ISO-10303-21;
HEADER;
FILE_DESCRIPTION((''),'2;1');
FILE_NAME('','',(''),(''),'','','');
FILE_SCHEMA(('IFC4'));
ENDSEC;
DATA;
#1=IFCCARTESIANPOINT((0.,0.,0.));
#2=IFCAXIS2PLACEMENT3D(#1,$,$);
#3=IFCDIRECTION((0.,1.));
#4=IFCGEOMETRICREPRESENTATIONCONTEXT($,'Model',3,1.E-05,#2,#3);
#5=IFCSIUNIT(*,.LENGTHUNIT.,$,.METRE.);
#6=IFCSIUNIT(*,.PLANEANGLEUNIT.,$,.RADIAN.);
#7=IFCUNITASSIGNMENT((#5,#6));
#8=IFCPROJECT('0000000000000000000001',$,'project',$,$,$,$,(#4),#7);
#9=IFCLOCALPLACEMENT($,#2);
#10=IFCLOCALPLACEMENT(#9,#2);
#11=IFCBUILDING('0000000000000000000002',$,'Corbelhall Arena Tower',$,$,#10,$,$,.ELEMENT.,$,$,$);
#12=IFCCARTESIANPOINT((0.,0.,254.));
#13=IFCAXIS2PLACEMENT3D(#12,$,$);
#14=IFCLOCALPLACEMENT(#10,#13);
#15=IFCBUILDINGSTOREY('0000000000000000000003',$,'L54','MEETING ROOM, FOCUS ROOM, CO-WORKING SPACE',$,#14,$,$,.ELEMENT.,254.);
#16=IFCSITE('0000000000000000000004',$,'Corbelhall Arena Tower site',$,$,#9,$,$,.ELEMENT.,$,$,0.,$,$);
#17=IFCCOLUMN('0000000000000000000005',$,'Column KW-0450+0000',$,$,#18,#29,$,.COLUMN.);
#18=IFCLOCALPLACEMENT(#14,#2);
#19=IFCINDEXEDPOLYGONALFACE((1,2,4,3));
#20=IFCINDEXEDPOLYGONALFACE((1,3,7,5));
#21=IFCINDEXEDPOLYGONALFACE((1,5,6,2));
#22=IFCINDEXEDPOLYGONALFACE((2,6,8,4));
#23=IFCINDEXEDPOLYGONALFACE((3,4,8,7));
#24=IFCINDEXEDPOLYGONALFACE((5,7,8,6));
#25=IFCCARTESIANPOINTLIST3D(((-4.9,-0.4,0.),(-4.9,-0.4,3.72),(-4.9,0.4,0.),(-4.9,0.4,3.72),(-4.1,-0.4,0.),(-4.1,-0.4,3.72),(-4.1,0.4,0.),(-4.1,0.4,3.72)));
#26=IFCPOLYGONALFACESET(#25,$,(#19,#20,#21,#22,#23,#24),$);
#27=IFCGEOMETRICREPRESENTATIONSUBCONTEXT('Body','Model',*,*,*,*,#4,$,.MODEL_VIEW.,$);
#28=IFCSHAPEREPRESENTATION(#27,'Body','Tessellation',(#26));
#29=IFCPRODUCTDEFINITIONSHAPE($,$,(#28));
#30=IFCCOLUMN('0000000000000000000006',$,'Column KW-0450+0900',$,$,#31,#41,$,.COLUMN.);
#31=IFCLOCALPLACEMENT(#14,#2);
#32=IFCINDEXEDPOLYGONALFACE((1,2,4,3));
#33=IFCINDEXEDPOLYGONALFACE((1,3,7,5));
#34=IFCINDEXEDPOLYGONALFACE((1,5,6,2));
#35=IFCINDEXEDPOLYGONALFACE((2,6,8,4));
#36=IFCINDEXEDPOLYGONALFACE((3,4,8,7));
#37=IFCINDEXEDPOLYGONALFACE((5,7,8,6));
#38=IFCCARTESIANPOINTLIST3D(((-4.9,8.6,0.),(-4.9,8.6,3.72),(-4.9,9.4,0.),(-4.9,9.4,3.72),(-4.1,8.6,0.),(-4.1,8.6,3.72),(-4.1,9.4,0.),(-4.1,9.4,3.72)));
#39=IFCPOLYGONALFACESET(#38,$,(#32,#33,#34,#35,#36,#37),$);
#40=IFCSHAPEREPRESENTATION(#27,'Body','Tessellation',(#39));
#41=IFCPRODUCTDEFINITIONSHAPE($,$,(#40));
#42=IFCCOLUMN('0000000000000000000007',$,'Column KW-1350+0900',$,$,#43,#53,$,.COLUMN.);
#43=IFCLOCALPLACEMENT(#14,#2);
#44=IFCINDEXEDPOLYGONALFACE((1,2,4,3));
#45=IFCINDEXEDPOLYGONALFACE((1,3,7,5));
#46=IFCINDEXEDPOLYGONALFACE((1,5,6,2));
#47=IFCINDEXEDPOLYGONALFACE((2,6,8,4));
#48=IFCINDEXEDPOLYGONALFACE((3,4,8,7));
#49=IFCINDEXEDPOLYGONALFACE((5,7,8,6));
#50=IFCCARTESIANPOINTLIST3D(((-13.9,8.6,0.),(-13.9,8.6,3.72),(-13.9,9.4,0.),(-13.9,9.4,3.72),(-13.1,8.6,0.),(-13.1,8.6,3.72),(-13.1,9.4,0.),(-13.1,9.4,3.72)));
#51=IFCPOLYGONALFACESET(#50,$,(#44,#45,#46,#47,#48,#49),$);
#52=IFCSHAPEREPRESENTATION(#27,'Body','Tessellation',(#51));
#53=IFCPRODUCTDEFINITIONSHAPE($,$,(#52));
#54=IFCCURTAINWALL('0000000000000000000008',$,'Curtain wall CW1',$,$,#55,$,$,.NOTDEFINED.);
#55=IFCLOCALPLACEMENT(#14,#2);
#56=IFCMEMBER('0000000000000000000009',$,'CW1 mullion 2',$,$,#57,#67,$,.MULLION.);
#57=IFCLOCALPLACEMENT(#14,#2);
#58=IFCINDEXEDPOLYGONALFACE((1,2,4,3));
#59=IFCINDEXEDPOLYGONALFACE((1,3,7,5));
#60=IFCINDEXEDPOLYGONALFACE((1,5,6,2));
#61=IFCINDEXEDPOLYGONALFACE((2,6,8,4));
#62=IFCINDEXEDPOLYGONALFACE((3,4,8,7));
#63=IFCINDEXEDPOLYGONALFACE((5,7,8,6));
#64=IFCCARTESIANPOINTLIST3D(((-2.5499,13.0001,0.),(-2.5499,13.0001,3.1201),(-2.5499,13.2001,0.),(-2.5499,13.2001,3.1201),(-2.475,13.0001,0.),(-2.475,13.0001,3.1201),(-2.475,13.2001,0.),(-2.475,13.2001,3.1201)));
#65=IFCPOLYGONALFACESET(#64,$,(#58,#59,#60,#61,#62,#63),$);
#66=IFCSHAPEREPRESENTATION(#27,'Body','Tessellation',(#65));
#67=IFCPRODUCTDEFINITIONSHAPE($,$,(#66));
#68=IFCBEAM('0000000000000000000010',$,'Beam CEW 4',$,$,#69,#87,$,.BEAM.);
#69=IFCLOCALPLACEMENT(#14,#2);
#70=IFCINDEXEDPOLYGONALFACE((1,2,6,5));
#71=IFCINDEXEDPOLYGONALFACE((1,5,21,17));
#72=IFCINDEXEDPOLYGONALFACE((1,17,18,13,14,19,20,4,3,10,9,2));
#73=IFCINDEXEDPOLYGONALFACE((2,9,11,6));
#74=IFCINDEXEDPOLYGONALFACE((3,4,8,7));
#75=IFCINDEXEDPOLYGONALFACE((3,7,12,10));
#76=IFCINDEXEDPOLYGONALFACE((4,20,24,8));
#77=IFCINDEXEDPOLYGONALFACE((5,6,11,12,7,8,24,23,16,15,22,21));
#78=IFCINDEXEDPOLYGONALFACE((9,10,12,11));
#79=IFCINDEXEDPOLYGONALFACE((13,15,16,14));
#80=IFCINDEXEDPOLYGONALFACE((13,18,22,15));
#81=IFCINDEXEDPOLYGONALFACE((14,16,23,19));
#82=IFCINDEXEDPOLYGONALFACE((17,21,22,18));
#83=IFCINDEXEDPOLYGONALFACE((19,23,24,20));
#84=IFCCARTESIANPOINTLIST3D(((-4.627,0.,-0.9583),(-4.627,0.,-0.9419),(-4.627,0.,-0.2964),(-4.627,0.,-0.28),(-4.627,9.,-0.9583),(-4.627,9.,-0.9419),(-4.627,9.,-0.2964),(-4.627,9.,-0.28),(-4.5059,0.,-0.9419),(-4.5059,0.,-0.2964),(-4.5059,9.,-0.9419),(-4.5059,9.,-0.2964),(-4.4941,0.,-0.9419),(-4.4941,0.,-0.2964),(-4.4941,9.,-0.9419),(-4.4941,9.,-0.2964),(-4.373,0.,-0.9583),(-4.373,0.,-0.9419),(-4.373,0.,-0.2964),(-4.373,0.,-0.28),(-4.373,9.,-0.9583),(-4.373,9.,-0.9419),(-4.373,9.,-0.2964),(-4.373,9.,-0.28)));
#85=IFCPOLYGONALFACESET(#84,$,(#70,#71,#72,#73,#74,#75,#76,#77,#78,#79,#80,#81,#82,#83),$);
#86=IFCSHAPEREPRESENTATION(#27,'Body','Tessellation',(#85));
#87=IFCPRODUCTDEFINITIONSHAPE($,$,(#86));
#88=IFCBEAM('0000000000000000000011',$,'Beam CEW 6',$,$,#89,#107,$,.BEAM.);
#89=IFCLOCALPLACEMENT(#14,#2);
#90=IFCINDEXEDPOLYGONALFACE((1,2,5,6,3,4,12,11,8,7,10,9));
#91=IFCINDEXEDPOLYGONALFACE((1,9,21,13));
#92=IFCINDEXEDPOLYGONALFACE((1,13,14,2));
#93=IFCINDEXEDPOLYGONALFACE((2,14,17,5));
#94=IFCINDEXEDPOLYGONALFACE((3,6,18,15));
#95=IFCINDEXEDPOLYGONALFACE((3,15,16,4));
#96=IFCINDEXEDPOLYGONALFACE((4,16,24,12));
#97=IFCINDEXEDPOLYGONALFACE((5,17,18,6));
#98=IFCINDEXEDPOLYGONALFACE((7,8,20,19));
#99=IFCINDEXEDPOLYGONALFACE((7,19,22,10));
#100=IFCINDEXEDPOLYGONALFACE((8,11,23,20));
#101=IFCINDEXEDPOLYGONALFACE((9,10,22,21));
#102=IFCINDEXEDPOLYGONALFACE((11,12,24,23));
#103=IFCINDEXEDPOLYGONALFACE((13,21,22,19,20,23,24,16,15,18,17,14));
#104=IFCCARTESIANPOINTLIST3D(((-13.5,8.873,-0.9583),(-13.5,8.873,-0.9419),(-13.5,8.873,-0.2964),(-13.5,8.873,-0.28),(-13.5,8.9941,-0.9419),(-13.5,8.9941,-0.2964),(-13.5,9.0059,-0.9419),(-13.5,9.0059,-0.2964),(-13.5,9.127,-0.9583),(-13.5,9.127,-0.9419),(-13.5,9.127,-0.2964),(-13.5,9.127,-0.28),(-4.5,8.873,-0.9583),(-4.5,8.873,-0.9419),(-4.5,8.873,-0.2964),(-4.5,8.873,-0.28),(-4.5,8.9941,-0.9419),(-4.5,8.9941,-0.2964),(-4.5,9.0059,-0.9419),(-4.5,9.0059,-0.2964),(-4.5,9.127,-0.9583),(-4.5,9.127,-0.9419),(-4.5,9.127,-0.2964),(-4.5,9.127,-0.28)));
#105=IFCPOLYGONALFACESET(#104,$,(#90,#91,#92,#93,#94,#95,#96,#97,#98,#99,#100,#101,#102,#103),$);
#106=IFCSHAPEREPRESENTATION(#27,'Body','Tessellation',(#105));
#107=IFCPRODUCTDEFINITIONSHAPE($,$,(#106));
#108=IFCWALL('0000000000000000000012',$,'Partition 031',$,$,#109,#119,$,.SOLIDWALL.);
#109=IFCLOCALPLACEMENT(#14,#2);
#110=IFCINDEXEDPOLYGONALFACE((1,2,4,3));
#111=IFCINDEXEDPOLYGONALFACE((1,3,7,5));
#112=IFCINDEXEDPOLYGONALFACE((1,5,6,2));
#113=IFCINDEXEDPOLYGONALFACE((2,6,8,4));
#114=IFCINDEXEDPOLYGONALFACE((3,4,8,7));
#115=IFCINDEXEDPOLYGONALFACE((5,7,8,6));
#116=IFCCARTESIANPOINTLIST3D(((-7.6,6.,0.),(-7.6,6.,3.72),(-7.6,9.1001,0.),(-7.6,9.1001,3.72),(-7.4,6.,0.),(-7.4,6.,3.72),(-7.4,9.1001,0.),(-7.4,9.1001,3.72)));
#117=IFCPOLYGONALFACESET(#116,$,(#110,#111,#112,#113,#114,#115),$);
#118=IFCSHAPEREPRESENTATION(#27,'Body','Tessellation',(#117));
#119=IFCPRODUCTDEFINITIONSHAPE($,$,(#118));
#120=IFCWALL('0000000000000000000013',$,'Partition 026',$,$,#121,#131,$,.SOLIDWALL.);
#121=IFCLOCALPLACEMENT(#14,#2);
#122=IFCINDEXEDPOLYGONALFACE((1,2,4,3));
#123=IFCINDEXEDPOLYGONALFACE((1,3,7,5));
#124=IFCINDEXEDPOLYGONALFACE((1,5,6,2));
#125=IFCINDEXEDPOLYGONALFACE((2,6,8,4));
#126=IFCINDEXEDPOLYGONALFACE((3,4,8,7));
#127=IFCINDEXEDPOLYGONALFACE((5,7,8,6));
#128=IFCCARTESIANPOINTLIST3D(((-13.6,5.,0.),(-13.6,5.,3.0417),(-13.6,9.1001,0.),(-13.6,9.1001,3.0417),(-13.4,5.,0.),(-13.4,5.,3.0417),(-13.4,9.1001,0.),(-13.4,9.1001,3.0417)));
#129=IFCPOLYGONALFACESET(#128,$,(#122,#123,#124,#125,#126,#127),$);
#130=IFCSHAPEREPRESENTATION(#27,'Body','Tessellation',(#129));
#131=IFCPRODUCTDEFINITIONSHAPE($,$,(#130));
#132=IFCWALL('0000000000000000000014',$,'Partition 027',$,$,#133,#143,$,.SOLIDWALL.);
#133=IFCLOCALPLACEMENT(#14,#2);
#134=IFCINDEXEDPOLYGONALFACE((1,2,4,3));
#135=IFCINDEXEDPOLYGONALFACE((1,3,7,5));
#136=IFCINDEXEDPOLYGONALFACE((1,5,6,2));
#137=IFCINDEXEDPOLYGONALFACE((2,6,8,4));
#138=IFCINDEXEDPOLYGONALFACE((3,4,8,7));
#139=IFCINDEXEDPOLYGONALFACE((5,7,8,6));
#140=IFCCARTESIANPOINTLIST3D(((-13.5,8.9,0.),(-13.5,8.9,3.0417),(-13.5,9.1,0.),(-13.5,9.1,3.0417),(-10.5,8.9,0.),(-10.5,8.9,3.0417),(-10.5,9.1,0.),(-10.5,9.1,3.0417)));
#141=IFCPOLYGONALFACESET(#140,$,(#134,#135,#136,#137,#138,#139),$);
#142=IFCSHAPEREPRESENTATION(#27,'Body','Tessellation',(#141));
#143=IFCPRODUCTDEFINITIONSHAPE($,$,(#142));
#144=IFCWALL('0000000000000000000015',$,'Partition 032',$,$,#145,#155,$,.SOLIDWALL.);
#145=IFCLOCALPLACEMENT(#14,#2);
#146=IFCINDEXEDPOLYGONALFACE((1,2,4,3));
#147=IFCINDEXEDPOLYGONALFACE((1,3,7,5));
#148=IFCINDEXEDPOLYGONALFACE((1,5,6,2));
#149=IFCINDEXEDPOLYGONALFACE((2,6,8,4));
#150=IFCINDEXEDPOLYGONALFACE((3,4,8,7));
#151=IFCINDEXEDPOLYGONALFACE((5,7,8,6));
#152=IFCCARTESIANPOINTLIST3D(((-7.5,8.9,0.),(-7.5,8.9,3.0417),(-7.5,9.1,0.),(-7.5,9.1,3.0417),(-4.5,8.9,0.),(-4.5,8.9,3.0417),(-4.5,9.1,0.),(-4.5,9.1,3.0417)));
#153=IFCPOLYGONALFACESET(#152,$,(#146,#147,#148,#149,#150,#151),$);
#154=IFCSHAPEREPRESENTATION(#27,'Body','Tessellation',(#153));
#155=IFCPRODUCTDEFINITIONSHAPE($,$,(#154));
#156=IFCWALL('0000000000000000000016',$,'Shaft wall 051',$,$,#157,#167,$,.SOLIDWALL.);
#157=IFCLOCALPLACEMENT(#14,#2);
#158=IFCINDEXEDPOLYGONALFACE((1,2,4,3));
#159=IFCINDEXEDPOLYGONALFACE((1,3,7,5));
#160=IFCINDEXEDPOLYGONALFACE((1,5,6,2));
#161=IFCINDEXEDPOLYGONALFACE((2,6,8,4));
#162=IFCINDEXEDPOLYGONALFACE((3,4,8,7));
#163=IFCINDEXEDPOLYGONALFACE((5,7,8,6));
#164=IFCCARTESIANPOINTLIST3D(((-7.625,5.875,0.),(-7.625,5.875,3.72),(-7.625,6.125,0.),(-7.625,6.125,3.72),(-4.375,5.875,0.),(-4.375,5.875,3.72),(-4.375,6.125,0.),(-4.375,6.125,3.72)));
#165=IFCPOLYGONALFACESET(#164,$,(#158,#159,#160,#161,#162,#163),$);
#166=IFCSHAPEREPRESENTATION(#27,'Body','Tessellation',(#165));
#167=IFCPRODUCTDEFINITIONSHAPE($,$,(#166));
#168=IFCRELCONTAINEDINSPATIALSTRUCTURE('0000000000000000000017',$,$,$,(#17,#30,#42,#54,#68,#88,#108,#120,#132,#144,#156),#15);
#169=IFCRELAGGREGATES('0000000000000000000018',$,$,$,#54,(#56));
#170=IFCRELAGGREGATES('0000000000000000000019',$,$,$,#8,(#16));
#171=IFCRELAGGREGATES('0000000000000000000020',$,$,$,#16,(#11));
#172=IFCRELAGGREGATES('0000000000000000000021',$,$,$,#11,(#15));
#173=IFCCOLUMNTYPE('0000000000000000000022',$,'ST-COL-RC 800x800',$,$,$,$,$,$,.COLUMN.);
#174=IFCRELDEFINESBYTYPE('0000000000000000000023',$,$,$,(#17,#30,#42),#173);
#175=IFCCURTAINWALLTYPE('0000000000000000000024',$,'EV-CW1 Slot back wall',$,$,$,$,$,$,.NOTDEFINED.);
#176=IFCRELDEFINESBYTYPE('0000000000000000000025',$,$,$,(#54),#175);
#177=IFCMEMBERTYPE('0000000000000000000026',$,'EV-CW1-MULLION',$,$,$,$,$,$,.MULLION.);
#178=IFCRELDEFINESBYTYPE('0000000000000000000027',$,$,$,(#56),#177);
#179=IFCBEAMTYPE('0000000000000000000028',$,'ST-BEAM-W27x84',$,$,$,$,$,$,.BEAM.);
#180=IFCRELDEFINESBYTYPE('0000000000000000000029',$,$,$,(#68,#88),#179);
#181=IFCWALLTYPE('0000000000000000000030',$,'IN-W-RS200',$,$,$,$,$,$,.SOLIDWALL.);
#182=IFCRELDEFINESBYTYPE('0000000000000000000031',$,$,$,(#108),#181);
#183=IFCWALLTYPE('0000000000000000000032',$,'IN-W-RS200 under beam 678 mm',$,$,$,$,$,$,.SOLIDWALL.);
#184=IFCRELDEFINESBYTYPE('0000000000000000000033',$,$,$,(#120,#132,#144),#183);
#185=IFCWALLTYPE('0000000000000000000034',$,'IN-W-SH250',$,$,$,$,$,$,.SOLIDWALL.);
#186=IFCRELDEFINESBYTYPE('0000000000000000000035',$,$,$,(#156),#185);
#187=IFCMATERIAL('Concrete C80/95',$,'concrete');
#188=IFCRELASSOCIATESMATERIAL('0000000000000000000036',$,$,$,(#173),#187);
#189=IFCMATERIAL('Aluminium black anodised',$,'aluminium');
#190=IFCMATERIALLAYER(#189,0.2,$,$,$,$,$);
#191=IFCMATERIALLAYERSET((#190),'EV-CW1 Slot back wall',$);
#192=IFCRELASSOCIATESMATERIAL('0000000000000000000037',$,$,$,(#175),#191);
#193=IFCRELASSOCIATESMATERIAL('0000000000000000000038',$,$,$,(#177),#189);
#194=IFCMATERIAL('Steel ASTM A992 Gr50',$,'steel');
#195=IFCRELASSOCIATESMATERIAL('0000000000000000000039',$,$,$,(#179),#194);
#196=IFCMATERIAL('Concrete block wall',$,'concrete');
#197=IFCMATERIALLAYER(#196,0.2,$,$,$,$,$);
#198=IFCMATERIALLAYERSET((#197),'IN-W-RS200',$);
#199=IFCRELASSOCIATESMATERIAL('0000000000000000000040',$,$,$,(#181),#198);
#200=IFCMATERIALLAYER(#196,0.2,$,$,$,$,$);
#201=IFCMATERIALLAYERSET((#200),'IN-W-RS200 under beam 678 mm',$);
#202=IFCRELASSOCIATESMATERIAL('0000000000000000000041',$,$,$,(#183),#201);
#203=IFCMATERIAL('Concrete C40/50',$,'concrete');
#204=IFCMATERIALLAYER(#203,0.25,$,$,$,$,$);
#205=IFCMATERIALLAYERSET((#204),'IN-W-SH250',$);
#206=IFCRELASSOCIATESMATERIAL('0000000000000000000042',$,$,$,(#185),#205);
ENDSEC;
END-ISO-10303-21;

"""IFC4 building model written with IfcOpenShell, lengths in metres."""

from ifc_helpers import new_model, si_unit, direction, frame, frame_2d, origin, origin_2d, place, context, subcontext, project, spatial, rectangle, i_section, extrude, material, layer, layer_set, material_profile, profile_set, type_object, element, aggregate, save


model = new_model("IFC4")

# Units and contexts
model_context = context("Model", 3, precision=1e-05, world=origin(), true_north=direction((0.0, 1.0)))
body_context = subcontext(model_context, "Body", "Model", "MODEL_VIEW")
ifc_project = project(units=[si_unit("LENGTHUNIT", "METRE"), si_unit("PLANEANGLEUNIT", "RADIAN")], contexts=[model_context])

# Site, building, storey
site_placement = place(None, origin())
site = spatial("IfcSite", under=ifc_project, at=site_placement, Name="Corbelhall Arena Tower site", CompositionType="ELEMENT", RefElevation=0.0)
building_placement = place(site_placement, origin())
building = spatial("IfcBuilding", under=site, at=building_placement, Name="Corbelhall Arena Tower", CompositionType="ELEMENT")
storey_placement = place(building_placement, frame((0.0, 0.0, 254.0)))
storey = spatial("IfcBuildingStorey", under=building, at=storey_placement, Name="L54", Description="MEETING ROOM, FOCUS ROOM, CO-WORKING SPACE", CompositionType="ELEMENT", Elevation=254.0)

# Columns
ifc_material_1 = material(Name="Concrete C80/95", Category="concrete")
ifc_material_profile_1 = material_profile(ifc_material_1, rectangle(XDim=0.8, YDim=0.8, at=origin_2d()))
ifc_profile_set_1 = profile_set([ifc_material_profile_1], Name="Concrete C80/95")
column_type = type_object("IfcColumnType", Name="ST-COL-RC 800x800", PredefinedType="COLUMN", material=ifc_profile_set_1)
for number, where, z_axis, x_axis, name in (
    (1, (-4.5, 0.0, 0.0), (0.0, 0.0, 1.0), (1.0, 0.0, 0.0), "Column KW-0450+0000"),
    (2, (-4.5, 9.0, 0.0), (0.0, 0.0, 1.0), (1.0, 0.0, 0.0), "Column KW-0450+0900"),
    (3, (-13.5, 9.0, 0.0), (0.0, 0.0, 1.0), (1.0, 0.0, 0.0), "Column KW-1350+0900"),
):
    element("IfcColumn", number, at=place(storey_placement, frame(where, z_axis=z_axis, x_axis=x_axis)), inside=storey, type_object=column_type, Name=name, PredefinedType="COLUMN", context=body_context, shape_type="SweptSolid", body=[
        extrude(rectangle(XDim=0.8, YDim=0.8, at=origin_2d()), origin(), (0.0, 0.0, 1.0), 3.72),
    ])

# Curtain wall, member
ifc_material_2 = material(Name="Aluminium black anodised", Category="aluminium")
ifc_layer_1 = layer(ifc_material_2, 0.2)
ifc_layer_set_1 = layer_set([ifc_layer_1], Name="EV-CW1 Slot back wall")
curtain_wall_type = type_object("IfcCurtainWallType", Name="EV-CW1 Slot back wall", PredefinedType="NOTDEFINED", material=ifc_layer_set_1)
curtain_wall_placement = place(storey_placement, origin())
curtain_wall = element("IfcCurtainWall", 4, at=curtain_wall_placement, inside=storey, type_object=curtain_wall_type, Name="Curtain wall CW1", PredefinedType="NOTDEFINED")
ifc_material_profile_2 = material_profile(ifc_material_2, rectangle(XDim=0.2, YDim=0.075, at=origin_2d()))
ifc_profile_set_2 = profile_set([ifc_material_profile_2], Name="Aluminium black anodised")
member_type = type_object("IfcMemberType", Name="EV-CW1-MULLION", PredefinedType="MULLION", material=ifc_profile_set_2)
member_placement = place(storey_placement, frame((-2.5125, 13.1001, 0.0), z_axis=(0.0, 0.0, 1.0), x_axis=(0.0, -1.0, 0.0)))
member = element("IfcMember", 5, at=member_placement, type_object=member_type, Name="CW1 mullion 2", PredefinedType="MULLION", context=body_context, shape_type="SweptSolid", body=[
    extrude(rectangle(XDim=0.2, YDim=0.075, at=origin_2d()), origin(), (0.0, 0.0, 1.0), 3.1201),
])
aggregate(curtain_wall, [member])

# Beams
ifc_material_3 = material(Name="Steel ASTM A992 Gr50", Category="steel")
ifc_material_profile_3 = material_profile(ifc_material_3, i_section(OverallWidth=0.2539, OverallDepth=0.6782, WebThickness=0.0117, FlangeThickness=0.0164, at=origin_2d()))
ifc_profile_set_3 = profile_set([ifc_material_profile_3], Name="Steel ASTM A992 Gr50")
beam_type = type_object("IfcBeamType", Name="ST-BEAM-W27x84", PredefinedType="BEAM", material=ifc_profile_set_3)
for number, where, z_axis, x_axis, name in (
    (6, (-4.5, 0.0, -0.6191), (0.0, 1.0, 0.0), (-1.0, 0.0, 0.0), "Beam CEW 4"),
    (7, (-13.5, 9.0, -0.6191), (1.0, 0.0, 0.0), (0.0, 1.0, 0.0), "Beam CEW 6"),
):
    element("IfcBeam", number, at=place(storey_placement, frame(where, z_axis=z_axis, x_axis=x_axis)), inside=storey, type_object=beam_type, Name=name, PredefinedType="BEAM", context=body_context, shape_type="SweptSolid", body=[
        extrude(i_section(OverallWidth=0.2539, OverallDepth=0.6782, WebThickness=0.0117, FlangeThickness=0.0164, at=origin_2d()), origin(), (0.0, 0.0, 1.0), 9.0),
    ])

# Shared definitions
ifc_material_4 = material(Name="Concrete block wall", Category="concrete")
ifc_layer_2 = layer(ifc_material_4, 0.2)
ifc_layer_set_2 = layer_set([ifc_layer_2], Name="IN-W-RS200")
wall_type_1 = type_object("IfcWallType", Name="IN-W-RS200", PredefinedType="SOLIDWALL", material=ifc_layer_set_2)

# Walls
wall_1_placement = place(storey_placement, frame((-7.5, 6.0, 0.0), z_axis=(0.0, 0.0, 1.0), x_axis=(0.0, 1.0, 0.0)))
element("IfcWall", 8, at=wall_1_placement, inside=storey, type_object=wall_type_1, Name="Partition 031", PredefinedType="SOLIDWALL", context=body_context, shape_type="SweptSolid", body=[
    extrude(rectangle(XDim=3.1001, YDim=0.2, at=frame_2d((1.55, 0.0))), origin(), (0.0, 0.0, 1.0), 3.72),
])
ifc_layer_3 = layer(ifc_material_4, 0.2)
ifc_layer_set_3 = layer_set([ifc_layer_3], Name="IN-W-RS200 under beam 678 mm")
wall_type_2 = type_object("IfcWallType", Name="IN-W-RS200 under beam 678 mm", PredefinedType="SOLIDWALL", material=ifc_layer_set_3)
wall_2_placement = place(storey_placement, frame((-13.5, 5.0, 0.0), z_axis=(0.0, 0.0, 1.0), x_axis=(0.0, 1.0, 0.0)))
element("IfcWall", 9, at=wall_2_placement, inside=storey, type_object=wall_type_2, Name="Partition 026", PredefinedType="SOLIDWALL", context=body_context, shape_type="SweptSolid", body=[
    extrude(rectangle(XDim=4.1001, YDim=0.2, at=frame_2d((2.05, 0.0))), origin(), (0.0, 0.0, 1.0), 3.0417),
])
for number, where, z_axis, x_axis, name in (
    (10, (-13.5, 9.0, 0.0), (0.0, 0.0, 1.0), (1.0, 0.0, 0.0), "Partition 027"),
    (11, (-7.5, 9.0, 0.0), (0.0, 0.0, 1.0), (1.0, 0.0, 0.0), "Partition 032"),
):
    element("IfcWall", number, at=place(storey_placement, frame(where, z_axis=z_axis, x_axis=x_axis)), inside=storey, type_object=wall_type_2, Name=name, PredefinedType="SOLIDWALL", context=body_context, shape_type="SweptSolid", body=[
        extrude(rectangle(XDim=3.0, YDim=0.2, at=frame_2d((1.5, 0.0))), origin(), (0.0, 0.0, 1.0), 3.0417),
    ])

# Wall
ifc_material_5 = material(Name="Concrete C40/50", Category="concrete")
ifc_layer_4 = layer(ifc_material_5, 0.25)
ifc_layer_set_4 = layer_set([ifc_layer_4], Name="IN-W-SH250")
wall_type_3 = type_object("IfcWallType", Name="IN-W-SH250", PredefinedType="SOLIDWALL", material=ifc_layer_set_4)
wall_3_placement = place(storey_placement, frame((-7.625, 6.0, 0.0), z_axis=(0.0, 0.0, 1.0), x_axis=(1.0, 0.0, 0.0)))
element("IfcWall", 12, at=wall_3_placement, inside=storey, type_object=wall_type_3, Name="Shaft wall 051", PredefinedType="SOLIDWALL", context=body_context, shape_type="SweptSolid", body=[
    extrude(rectangle(XDim=3.25, YDim=0.25, at=frame_2d((1.625, 0.0))), origin(), (0.0, 0.0, 1.0), 3.72),
])

save(model, "model.ifc")
